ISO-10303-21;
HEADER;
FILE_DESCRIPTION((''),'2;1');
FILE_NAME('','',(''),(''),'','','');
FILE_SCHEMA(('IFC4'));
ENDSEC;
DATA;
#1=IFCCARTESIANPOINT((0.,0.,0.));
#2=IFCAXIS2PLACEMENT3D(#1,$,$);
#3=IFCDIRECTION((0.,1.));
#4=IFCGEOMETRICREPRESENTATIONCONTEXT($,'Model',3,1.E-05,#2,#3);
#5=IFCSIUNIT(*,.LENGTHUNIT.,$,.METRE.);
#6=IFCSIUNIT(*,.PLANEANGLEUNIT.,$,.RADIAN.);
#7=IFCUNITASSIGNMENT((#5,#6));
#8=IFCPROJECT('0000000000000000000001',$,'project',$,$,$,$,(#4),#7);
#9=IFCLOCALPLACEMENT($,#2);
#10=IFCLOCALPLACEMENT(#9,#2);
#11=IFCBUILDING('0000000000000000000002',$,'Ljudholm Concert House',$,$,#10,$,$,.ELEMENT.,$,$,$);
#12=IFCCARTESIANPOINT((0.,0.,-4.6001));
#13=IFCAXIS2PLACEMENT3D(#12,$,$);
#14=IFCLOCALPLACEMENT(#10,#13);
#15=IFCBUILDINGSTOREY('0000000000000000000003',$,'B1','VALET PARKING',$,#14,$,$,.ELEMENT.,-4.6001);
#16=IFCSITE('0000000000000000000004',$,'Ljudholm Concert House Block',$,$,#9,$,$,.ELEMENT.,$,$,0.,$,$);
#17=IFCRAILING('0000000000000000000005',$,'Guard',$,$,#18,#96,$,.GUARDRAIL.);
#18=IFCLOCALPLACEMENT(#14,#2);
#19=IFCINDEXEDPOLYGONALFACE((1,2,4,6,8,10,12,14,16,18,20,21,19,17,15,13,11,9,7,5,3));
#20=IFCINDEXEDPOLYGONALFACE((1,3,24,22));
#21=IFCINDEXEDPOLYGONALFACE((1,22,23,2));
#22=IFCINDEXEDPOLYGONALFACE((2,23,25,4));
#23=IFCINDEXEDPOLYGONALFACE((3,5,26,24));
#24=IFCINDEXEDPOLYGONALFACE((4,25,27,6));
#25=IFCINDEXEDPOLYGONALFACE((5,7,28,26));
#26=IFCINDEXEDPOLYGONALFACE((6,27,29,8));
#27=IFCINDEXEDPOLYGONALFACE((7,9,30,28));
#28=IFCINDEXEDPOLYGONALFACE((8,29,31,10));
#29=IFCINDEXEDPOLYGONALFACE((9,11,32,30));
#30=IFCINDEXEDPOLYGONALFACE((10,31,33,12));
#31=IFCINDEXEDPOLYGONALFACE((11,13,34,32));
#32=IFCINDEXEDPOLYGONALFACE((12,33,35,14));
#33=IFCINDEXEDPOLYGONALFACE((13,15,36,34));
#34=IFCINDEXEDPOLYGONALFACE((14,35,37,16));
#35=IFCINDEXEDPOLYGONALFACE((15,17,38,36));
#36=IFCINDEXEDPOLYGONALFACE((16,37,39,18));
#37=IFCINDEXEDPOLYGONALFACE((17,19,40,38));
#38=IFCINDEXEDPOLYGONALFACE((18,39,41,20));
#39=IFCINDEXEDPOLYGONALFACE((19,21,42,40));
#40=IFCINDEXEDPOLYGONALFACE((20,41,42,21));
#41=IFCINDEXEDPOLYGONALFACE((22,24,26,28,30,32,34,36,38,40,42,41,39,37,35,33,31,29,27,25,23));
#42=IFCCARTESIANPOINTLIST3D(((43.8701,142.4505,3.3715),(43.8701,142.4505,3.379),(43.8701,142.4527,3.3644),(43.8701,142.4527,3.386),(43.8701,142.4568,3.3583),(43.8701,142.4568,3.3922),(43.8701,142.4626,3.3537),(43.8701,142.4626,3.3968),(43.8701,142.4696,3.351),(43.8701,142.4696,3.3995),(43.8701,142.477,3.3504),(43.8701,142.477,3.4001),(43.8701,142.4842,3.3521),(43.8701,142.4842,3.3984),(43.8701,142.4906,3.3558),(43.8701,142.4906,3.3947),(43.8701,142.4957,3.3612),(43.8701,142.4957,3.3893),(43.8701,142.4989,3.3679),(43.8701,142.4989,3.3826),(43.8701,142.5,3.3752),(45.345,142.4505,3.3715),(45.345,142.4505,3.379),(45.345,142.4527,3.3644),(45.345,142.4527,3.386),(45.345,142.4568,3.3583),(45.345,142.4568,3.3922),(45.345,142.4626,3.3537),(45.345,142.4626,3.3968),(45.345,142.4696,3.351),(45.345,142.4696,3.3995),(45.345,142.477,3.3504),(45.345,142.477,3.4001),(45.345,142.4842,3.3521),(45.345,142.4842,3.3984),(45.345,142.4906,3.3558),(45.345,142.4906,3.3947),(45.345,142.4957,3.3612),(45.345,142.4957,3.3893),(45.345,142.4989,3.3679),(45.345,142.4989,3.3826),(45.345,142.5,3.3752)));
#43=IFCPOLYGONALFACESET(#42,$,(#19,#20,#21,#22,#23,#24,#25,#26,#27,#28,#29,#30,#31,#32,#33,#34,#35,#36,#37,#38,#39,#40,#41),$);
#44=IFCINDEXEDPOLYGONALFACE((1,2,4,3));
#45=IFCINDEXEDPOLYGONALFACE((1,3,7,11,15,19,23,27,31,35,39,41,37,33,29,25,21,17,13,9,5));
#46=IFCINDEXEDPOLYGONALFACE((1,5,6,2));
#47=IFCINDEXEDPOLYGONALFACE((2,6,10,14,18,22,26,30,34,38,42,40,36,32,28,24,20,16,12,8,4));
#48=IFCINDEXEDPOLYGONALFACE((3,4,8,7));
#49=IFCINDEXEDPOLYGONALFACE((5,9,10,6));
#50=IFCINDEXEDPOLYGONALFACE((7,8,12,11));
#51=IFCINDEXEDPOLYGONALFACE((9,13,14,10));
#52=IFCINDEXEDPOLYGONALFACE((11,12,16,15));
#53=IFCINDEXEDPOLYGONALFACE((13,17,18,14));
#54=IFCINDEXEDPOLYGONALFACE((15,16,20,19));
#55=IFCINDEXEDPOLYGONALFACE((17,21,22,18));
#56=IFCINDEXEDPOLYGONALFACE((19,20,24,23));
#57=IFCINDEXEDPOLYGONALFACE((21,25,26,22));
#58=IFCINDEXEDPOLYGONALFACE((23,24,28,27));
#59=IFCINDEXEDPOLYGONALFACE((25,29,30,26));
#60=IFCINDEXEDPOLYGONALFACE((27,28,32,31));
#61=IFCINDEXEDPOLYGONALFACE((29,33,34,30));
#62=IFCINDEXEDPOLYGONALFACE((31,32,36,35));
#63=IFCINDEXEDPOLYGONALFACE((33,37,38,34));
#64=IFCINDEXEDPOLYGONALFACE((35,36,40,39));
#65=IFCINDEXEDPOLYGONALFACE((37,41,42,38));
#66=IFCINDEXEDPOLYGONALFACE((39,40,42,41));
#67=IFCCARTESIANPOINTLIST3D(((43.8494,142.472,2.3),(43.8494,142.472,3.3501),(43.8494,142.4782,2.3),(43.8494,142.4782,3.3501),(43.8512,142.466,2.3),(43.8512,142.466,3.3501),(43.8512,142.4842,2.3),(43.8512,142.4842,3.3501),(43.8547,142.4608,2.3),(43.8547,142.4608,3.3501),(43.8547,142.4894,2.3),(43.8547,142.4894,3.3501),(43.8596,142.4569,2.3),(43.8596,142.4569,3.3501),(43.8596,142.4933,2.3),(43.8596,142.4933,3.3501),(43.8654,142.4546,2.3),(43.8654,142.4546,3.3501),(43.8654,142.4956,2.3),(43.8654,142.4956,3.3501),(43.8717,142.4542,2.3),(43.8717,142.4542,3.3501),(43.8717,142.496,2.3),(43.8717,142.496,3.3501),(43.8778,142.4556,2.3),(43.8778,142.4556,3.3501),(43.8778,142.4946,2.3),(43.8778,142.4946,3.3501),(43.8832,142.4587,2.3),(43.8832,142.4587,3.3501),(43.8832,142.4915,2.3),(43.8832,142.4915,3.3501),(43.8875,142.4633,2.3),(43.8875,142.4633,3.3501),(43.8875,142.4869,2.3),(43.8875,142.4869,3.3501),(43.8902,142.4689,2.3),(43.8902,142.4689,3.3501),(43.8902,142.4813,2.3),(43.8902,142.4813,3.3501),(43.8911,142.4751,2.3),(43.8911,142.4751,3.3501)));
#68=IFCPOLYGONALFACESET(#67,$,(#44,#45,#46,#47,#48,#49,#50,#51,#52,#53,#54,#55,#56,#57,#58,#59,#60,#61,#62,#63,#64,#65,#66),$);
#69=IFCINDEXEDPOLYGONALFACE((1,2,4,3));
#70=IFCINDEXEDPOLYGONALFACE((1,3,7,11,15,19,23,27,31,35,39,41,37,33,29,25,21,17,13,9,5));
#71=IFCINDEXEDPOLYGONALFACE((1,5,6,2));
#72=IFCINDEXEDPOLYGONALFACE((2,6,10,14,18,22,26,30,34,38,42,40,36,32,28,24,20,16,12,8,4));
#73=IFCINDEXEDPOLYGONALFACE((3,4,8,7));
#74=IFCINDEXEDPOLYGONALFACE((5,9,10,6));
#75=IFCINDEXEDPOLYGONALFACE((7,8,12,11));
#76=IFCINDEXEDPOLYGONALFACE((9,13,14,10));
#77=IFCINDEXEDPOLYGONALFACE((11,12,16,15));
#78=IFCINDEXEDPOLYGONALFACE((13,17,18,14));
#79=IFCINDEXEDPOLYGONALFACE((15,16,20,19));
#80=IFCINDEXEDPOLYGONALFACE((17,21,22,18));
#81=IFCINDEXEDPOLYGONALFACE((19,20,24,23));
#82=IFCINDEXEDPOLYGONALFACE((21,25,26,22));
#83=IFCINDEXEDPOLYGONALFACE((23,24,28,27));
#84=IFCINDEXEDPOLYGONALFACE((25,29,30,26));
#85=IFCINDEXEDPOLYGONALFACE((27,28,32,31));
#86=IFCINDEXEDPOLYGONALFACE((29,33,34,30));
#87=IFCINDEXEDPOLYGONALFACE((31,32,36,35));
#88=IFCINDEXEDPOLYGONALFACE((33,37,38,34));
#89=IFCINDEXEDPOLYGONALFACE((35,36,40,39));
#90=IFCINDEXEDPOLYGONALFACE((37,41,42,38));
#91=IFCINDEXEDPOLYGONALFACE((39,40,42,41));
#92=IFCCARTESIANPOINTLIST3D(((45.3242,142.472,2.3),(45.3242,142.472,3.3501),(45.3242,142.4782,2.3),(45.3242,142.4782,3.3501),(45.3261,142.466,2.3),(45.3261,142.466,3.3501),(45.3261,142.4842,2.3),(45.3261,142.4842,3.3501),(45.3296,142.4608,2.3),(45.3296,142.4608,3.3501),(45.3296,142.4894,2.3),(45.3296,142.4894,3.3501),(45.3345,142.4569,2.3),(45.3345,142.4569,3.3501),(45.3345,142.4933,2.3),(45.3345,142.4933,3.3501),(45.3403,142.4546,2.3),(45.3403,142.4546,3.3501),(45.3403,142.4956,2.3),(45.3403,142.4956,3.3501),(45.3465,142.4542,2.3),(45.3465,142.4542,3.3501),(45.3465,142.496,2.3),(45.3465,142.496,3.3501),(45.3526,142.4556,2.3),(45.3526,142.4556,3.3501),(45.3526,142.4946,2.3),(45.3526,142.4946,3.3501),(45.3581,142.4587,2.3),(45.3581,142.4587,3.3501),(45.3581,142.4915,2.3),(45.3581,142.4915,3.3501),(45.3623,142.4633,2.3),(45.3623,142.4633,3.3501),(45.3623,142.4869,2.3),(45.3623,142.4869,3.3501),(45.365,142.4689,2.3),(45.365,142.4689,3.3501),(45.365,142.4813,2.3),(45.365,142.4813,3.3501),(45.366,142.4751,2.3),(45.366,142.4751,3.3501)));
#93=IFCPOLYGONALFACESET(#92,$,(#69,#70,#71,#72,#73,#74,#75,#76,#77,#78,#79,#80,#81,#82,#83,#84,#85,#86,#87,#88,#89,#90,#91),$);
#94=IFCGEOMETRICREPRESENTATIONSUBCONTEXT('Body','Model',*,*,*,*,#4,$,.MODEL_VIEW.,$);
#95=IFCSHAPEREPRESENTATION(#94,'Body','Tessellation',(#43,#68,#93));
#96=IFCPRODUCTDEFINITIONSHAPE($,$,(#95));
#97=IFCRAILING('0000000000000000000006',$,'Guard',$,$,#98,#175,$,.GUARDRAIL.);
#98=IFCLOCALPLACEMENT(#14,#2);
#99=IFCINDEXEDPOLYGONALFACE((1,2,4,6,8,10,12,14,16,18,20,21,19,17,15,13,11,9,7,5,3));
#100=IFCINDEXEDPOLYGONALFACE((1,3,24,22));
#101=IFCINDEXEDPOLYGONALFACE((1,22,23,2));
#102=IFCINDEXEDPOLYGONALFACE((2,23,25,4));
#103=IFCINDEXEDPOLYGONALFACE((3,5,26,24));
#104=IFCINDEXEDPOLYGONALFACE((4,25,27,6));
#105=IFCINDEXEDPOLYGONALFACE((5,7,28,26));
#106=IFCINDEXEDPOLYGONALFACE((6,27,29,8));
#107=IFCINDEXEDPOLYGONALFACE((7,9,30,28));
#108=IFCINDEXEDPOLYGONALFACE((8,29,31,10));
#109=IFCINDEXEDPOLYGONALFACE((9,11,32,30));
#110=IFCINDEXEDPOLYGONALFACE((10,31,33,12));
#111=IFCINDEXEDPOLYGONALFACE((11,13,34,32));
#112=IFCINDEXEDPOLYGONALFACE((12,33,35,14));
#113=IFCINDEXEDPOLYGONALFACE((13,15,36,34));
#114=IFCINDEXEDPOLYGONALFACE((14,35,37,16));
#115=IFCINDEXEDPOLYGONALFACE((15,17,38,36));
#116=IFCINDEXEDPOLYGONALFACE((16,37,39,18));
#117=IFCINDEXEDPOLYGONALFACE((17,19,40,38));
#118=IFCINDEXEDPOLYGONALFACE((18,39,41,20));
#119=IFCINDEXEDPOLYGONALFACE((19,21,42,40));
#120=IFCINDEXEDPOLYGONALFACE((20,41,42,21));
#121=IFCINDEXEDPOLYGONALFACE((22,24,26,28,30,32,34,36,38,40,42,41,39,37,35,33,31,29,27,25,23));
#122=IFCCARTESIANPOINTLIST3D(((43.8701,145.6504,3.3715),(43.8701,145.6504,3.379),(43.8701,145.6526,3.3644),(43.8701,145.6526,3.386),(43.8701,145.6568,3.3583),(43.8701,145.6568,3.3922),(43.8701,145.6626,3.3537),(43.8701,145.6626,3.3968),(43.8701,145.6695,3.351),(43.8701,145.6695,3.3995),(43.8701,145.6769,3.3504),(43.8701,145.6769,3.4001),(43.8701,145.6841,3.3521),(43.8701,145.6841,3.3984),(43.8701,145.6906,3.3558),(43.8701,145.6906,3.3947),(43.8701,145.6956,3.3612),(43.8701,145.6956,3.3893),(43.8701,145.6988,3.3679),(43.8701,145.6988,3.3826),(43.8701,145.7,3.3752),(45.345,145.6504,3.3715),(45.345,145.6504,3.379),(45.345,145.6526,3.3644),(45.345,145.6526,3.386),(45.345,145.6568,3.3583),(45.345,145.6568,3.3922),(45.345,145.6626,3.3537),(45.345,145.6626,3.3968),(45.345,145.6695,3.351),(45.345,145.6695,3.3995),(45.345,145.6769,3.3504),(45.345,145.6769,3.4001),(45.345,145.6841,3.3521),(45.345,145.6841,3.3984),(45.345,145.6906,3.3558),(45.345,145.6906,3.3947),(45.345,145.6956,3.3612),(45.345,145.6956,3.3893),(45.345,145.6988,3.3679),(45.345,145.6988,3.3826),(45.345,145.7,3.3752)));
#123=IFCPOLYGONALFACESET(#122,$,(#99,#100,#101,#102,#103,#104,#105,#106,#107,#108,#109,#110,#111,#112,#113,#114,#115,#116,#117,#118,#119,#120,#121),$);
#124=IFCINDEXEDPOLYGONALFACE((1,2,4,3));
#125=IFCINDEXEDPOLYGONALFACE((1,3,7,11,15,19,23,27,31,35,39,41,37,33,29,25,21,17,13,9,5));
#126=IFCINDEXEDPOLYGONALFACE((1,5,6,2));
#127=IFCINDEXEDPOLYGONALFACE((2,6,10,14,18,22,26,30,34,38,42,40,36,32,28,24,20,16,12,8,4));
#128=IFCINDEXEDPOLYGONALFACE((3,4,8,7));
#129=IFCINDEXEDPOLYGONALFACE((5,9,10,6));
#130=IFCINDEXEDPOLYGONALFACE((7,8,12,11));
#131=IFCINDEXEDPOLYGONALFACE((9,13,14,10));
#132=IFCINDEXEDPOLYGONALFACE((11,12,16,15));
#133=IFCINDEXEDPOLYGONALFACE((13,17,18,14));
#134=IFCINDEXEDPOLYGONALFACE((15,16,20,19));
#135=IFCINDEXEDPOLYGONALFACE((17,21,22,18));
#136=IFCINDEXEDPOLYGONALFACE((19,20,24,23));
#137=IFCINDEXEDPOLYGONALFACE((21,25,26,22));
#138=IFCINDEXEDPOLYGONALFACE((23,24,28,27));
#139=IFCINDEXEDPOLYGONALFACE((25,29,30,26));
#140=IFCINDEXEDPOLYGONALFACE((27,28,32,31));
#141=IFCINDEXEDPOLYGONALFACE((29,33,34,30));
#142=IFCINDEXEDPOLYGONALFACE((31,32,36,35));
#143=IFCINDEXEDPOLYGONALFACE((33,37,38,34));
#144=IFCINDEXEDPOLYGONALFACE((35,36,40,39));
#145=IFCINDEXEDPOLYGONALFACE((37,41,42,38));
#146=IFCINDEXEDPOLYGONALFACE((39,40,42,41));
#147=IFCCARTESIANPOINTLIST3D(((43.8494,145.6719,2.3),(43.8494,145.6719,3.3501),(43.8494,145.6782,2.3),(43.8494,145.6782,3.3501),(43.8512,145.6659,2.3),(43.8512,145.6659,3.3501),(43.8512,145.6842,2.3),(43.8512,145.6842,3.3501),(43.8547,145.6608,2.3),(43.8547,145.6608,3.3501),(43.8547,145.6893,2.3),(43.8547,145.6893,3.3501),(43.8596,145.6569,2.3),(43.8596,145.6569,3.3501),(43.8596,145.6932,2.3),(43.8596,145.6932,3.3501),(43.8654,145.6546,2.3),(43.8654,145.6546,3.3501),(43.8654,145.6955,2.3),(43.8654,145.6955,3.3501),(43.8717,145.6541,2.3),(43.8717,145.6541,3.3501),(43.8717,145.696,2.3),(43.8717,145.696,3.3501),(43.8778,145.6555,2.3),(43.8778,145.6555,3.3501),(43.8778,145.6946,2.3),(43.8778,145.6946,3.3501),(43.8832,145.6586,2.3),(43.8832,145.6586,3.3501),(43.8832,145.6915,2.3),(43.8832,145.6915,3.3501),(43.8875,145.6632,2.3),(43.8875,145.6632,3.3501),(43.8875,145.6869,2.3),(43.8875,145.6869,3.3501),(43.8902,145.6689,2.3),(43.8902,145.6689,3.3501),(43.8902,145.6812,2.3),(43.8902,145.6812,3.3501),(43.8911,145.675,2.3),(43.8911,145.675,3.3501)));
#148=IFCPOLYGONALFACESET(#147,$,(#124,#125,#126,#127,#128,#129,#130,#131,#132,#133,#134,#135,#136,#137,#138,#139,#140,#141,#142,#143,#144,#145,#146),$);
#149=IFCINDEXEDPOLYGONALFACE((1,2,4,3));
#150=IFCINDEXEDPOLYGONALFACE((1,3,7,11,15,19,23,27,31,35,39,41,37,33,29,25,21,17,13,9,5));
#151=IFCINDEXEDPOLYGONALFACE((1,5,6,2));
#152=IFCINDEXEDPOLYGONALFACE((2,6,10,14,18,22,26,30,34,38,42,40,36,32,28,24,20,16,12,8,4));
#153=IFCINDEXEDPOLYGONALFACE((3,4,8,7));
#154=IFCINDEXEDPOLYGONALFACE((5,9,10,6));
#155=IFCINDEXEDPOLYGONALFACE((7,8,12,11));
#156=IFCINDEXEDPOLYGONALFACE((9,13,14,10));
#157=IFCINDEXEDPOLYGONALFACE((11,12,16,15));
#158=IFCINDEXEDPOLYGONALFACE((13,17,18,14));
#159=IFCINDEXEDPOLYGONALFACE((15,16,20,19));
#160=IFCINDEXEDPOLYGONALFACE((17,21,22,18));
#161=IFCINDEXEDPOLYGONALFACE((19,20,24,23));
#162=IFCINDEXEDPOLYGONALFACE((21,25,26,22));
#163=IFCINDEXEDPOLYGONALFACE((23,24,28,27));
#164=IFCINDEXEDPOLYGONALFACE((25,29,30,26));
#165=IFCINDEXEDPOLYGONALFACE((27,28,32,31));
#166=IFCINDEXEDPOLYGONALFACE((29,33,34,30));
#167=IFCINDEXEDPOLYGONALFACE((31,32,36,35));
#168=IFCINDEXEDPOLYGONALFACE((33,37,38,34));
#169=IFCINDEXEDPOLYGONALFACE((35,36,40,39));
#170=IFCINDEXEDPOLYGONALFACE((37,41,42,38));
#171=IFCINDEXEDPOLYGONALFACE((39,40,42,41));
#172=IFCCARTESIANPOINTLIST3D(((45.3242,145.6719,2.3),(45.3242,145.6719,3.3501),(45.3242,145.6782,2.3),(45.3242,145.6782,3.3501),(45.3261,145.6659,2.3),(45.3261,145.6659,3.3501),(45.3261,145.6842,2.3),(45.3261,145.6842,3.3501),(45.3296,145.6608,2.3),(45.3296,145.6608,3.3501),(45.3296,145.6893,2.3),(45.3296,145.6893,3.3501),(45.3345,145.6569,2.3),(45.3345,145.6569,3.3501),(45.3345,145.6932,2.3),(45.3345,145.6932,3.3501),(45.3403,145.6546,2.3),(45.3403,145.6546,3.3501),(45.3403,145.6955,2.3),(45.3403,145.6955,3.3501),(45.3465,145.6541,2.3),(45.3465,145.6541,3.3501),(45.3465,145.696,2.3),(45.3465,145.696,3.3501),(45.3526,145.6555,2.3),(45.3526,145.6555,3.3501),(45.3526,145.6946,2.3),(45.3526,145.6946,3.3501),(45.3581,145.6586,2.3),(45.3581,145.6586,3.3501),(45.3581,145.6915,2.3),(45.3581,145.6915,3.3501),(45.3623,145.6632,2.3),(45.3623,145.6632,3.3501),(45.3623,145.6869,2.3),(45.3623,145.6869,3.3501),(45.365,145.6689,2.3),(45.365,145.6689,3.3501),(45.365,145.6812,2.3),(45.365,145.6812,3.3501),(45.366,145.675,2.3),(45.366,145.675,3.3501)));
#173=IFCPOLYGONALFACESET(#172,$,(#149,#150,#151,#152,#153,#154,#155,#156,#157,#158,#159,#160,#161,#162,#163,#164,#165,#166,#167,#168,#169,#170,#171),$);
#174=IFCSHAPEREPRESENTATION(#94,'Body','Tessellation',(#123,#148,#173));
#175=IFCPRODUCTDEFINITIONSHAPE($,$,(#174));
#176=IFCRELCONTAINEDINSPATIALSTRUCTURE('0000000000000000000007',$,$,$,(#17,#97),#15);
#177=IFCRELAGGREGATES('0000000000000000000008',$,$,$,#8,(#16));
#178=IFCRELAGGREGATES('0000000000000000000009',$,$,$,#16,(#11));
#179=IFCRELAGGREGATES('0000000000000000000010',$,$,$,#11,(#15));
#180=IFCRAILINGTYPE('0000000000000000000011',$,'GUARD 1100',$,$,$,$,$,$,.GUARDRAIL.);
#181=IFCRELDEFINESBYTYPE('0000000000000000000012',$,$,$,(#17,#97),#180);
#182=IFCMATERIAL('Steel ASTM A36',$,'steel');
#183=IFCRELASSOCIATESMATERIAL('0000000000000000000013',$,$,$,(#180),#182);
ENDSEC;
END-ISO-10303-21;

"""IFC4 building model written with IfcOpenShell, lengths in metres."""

from ifc_helpers import new_model, si_unit, direction, frame, origin, origin_2d, place, context, subcontext, project, spatial, circle, extrude, material, type_object, element, save


model = new_model("IFC4")

# Units and contexts
model_context = context("Model", 3, precision=1e-05, world=origin(), true_north=direction((0.0, 1.0)))
body_context = subcontext(model_context, "Body", "Model", "MODEL_VIEW")
ifc_project = project(units=[si_unit("LENGTHUNIT", "METRE"), si_unit("PLANEANGLEUNIT", "RADIAN")], contexts=[model_context])

# Site, building, storey
site_placement = place(None, origin())
site = spatial("IfcSite", under=ifc_project, at=site_placement, Name="Ljudholm Concert House Block", CompositionType="ELEMENT", RefElevation=0.0)
building_placement = place(site_placement, origin())
building = spatial("IfcBuilding", under=site, at=building_placement, Name="Ljudholm Concert House", CompositionType="ELEMENT")
storey_placement = place(building_placement, frame((0.0, 0.0, -4.6001)))
storey = spatial("IfcBuildingStorey", under=building, at=storey_placement, Name="B1", Description="VALET PARKING", CompositionType="ELEMENT", Elevation=-4.6001)

# Railings
ifc_material_1 = material(Name="Steel ASTM A36", Category="steel")
railing_type_1 = type_object("IfcRailingType", Name="GUARD 1100", PredefinedType="GUARDRAIL", material=ifc_material_1)
for number, where, name in (
    (1, (43.8701, 142.4751, 2.3), "Guard"),
    (2, (43.8701, 145.675, 2.3), "Guard"),
):
    element("IfcRailing", number, at=place(storey_placement, frame(where)), inside=storey, type_object=railing_type_1, Name=name, PredefinedType="GUARDRAIL", context=body_context, shape_type="SweptSolid", body=[
        extrude(circle(Radius=0.0249, at=origin_2d()), frame((0.0, 0.0, 1.0752), z_axis=(1.0, 0.0, 0.0), x_axis=(0.0, 1.0, 0.0)), (0.0, 0.0, 1.0), 1.4749),
        extrude(circle(Radius=0.021, at=origin_2d()), origin(), (0.0, 0.0, 1.0), 1.05),
        extrude(circle(Radius=0.021, at=origin_2d()), frame((1.4749, 0.0, 0.0)), (0.0, 0.0, 1.0), 1.05),
    ])

save(model, "model.ifc")
